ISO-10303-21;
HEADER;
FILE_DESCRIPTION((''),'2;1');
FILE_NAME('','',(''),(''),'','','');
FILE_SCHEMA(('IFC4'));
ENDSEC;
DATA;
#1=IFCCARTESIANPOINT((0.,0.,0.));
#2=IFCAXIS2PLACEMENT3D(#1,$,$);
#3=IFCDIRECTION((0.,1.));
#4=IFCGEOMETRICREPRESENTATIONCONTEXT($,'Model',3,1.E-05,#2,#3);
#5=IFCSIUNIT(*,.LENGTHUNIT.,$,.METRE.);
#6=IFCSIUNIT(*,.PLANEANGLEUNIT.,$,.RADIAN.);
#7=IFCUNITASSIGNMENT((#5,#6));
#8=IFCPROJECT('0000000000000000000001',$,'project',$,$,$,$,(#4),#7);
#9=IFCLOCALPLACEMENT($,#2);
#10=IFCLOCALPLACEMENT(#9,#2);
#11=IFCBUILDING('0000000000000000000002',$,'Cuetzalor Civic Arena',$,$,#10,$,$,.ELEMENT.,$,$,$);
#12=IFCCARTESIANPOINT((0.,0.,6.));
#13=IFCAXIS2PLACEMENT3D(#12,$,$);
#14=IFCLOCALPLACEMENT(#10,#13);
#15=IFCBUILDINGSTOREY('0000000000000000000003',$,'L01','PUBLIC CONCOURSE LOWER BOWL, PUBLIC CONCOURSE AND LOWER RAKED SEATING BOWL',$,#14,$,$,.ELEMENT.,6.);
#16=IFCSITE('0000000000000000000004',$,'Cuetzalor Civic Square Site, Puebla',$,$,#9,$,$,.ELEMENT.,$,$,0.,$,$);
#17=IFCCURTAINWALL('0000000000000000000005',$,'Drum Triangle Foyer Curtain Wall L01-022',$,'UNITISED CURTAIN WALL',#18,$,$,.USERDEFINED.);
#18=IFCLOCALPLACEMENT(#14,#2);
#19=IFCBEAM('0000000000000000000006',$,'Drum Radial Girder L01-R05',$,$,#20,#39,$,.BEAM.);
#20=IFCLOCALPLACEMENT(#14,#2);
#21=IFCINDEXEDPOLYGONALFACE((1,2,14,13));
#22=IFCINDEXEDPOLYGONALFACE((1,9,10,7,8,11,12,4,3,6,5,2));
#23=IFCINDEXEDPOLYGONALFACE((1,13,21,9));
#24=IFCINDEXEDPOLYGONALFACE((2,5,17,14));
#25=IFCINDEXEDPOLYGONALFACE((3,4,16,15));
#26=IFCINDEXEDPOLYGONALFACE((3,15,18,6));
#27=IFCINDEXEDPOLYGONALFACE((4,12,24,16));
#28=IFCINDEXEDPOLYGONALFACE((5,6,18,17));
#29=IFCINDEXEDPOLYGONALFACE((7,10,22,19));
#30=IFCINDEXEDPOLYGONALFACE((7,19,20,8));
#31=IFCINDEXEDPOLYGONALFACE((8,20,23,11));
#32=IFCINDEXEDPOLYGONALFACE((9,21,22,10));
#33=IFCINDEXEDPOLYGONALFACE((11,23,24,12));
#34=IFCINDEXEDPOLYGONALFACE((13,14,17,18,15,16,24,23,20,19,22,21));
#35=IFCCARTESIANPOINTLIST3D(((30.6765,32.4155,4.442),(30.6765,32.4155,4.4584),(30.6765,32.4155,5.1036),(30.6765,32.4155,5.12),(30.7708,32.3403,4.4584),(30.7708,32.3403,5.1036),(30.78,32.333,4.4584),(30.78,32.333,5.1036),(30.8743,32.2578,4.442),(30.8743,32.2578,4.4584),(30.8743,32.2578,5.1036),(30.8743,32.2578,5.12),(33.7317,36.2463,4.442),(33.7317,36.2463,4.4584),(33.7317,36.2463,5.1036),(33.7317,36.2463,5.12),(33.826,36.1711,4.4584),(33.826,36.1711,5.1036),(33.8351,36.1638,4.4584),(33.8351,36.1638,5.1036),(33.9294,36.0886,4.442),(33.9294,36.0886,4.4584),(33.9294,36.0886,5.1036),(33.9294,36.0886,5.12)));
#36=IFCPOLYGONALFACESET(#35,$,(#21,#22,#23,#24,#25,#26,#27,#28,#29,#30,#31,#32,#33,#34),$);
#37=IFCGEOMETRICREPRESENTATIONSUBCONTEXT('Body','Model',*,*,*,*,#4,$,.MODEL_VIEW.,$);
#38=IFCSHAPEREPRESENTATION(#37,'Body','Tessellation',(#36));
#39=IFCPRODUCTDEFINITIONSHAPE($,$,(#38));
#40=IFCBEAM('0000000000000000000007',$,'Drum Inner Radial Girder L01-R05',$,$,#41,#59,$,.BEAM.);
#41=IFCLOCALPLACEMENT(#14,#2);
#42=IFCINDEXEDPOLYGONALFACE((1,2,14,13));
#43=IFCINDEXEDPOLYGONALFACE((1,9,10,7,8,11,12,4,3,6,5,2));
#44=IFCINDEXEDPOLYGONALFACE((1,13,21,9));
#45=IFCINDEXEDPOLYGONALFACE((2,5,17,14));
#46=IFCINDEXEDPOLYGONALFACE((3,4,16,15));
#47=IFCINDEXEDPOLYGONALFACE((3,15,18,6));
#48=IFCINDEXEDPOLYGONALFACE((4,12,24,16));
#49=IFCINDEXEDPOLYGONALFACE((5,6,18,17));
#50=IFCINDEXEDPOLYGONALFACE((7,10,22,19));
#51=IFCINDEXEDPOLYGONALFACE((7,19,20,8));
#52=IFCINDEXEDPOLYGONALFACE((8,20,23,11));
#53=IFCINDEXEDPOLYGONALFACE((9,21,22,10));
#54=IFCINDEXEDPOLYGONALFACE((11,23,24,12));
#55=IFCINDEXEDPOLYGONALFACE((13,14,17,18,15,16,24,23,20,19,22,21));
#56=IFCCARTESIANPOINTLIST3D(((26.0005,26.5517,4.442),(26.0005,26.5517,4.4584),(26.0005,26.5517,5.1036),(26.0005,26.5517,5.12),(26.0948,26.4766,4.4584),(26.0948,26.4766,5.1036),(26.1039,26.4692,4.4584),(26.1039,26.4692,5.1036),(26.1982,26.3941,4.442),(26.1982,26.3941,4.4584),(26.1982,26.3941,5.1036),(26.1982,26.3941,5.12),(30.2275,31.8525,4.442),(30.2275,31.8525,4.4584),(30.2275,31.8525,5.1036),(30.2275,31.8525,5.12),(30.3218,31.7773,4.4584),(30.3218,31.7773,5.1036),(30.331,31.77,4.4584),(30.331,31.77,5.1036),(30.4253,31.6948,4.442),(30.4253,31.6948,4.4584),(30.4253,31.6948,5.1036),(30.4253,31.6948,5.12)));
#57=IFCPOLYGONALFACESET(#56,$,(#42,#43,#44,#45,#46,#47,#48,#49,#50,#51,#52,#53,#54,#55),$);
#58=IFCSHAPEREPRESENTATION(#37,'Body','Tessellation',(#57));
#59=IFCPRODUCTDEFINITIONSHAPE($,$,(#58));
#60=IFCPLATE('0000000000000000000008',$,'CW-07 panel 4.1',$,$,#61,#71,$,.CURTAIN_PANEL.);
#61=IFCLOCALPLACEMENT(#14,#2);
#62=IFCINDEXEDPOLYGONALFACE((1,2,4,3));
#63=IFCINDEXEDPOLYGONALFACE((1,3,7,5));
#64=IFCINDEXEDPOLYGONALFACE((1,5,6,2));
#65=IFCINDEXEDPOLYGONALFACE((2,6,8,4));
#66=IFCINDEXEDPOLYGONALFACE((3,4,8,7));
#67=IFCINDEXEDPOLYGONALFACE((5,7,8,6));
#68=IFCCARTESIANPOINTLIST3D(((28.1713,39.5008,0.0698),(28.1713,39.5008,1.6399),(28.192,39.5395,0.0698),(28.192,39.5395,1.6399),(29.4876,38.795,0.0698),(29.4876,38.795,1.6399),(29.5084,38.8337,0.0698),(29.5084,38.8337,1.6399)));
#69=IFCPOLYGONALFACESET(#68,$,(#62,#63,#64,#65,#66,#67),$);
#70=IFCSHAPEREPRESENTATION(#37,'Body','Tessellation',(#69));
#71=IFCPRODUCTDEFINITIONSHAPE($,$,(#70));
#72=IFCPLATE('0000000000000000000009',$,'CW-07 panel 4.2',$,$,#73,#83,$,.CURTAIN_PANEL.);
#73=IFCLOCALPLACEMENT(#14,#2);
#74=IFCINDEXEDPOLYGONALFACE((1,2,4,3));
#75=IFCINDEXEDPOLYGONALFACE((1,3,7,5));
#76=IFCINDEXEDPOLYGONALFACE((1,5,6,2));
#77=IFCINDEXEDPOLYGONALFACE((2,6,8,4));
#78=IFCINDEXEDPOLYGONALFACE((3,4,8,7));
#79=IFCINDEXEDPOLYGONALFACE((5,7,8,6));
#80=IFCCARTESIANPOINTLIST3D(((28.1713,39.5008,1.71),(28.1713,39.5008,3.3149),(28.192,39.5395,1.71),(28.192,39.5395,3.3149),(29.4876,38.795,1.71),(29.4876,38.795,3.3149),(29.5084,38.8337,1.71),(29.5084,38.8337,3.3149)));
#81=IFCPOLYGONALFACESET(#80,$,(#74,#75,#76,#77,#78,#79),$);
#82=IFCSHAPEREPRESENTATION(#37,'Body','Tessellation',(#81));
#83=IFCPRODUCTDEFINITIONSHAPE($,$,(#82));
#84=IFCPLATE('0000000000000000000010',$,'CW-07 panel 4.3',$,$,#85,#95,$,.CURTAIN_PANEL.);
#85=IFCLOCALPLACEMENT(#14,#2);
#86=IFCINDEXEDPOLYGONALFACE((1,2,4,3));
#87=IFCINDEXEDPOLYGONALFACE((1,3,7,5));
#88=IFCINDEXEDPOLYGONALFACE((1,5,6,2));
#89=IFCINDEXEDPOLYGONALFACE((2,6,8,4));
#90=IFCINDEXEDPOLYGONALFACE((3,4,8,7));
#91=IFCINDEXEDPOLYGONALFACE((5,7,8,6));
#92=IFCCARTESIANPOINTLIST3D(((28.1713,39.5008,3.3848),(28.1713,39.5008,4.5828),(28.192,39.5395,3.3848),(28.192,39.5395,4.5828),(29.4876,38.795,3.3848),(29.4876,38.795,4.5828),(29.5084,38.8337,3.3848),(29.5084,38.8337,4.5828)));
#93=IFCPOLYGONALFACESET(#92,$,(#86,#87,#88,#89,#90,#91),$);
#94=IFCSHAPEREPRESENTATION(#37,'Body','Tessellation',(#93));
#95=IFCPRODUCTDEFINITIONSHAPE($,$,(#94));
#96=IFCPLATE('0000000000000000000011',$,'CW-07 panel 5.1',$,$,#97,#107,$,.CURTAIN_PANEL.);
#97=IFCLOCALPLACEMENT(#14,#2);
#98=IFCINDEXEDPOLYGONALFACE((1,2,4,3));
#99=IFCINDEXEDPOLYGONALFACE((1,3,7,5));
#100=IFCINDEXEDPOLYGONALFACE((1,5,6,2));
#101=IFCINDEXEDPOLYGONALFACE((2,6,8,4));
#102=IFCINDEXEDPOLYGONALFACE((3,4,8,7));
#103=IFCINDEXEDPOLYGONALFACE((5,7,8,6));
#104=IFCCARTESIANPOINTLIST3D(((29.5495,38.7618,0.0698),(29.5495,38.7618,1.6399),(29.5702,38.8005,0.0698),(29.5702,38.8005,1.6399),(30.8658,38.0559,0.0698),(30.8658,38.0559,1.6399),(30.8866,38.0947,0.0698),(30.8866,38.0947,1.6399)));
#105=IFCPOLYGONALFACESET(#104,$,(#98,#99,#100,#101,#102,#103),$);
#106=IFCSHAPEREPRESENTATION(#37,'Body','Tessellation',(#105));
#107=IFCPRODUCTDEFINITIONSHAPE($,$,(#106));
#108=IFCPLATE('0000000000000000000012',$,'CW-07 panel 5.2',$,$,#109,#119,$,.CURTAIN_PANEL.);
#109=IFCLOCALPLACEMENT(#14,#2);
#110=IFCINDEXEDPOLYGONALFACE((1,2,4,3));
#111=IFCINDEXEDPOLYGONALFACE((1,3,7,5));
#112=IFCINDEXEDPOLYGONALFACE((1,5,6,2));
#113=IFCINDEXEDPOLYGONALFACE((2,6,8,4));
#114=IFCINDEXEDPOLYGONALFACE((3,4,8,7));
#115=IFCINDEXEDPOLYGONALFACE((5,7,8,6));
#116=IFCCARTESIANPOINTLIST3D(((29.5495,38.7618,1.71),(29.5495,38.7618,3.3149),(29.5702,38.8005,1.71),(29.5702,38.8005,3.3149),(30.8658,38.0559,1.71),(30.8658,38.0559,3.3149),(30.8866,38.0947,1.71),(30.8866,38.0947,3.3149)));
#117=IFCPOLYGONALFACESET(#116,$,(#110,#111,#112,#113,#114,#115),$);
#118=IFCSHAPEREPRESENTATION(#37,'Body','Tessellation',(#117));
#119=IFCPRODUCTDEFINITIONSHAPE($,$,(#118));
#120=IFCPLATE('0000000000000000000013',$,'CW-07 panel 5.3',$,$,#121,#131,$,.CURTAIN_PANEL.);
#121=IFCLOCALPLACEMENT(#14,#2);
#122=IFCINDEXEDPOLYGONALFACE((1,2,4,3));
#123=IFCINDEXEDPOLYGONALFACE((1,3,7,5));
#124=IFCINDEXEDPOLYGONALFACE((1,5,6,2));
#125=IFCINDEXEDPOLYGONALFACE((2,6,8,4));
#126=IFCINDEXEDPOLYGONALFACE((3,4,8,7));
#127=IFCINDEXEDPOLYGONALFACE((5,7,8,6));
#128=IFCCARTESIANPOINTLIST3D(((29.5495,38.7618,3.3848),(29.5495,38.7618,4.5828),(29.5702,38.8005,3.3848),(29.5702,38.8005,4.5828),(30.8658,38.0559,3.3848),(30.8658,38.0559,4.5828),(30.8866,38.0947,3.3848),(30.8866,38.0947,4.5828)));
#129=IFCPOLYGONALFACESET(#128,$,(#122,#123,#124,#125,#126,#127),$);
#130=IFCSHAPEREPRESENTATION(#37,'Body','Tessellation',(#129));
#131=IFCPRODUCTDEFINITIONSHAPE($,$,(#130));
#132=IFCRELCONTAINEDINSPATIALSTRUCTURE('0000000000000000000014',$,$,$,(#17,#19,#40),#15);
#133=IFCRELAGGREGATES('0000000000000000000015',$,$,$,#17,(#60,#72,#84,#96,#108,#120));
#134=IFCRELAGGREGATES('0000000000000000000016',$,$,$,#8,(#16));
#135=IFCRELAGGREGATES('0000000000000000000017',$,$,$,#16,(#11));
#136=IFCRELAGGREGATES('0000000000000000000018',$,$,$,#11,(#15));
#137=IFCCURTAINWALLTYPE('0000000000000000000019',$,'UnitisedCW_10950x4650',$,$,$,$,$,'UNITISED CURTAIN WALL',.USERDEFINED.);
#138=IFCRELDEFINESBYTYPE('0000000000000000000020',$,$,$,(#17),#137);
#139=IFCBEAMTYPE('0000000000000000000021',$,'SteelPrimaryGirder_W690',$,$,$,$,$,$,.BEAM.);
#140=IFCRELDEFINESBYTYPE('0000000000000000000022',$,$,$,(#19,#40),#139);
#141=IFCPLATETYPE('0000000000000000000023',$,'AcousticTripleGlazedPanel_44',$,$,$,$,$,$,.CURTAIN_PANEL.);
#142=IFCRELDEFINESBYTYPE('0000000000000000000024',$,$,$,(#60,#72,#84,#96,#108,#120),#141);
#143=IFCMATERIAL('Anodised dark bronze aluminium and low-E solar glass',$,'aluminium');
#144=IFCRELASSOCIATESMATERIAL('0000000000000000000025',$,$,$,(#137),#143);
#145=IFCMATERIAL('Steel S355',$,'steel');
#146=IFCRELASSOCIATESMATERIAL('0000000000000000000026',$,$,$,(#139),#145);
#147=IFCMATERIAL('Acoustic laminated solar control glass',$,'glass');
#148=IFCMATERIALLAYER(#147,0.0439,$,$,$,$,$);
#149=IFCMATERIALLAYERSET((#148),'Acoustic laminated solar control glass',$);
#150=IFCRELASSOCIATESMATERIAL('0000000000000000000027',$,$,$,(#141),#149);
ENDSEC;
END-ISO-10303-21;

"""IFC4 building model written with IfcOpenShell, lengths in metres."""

from ifc_helpers import new_model, si_unit, direction, frame, origin, origin_2d, place, context, subcontext, project, spatial, rectangle, i_section, extrude, material, layer, layer_set, material_profile, profile_set, type_object, element, aggregate, save


model = new_model("IFC4")

# Units and contexts
model_context = context("Model", 3, precision=1e-05, world=origin(), true_north=direction((0.0, 1.0)))
body_context = subcontext(model_context, "Body", "Model", "MODEL_VIEW")
ifc_project = project(units=[si_unit("LENGTHUNIT", "METRE"), si_unit("PLANEANGLEUNIT", "RADIAN")], contexts=[model_context])

# Site, building, storey
site_placement = place(None, origin())
site = spatial("IfcSite", under=ifc_project, at=site_placement, Name="Cuetzalor Civic Square Site, Puebla", CompositionType="ELEMENT", RefElevation=0.0)
building_placement = place(site_placement, origin())
building = spatial("IfcBuilding", under=site, at=building_placement, Name="Cuetzalor Civic Arena", CompositionType="ELEMENT")
storey_placement = place(building_placement, frame((0.0, 0.0, 6.0)))
storey = spatial("IfcBuildingStorey", under=building, at=storey_placement, Name="L01", Description="PUBLIC CONCOURSE LOWER BOWL, PUBLIC CONCOURSE AND LOWER RAKED SEATING BOWL", CompositionType="ELEMENT", Elevation=6.0)

# Curtain wall
ifc_material_1 = material(Name="Anodised dark bronze aluminium and low-E solar glass", Category="aluminium")
curtain_wall_type = type_object("IfcCurtainWallType", Name="UnitisedCW_10950x4650", ElementType="UNITISED CURTAIN WALL", PredefinedType="USERDEFINED", material=ifc_material_1)
curtain_wall_placement = place(storey_placement, origin())
curtain_wall = element("IfcCurtainWall", 1, at=curtain_wall_placement, inside=storey, type_object=curtain_wall_type, Name="Drum Triangle Foyer Curtain Wall L01-022", ObjectType="UNITISED CURTAIN WALL", PredefinedType="USERDEFINED")

# Beams
ifc_material_2 = material(Name="Steel S355", Category="steel")
ifc_material_profile_1 = material_profile(ifc_material_2, i_section(OverallWidth=0.2529, OverallDepth=0.678, WebThickness=0.0117, FlangeThickness=0.0164, at=origin_2d()), Name="W690x125")
ifc_profile_set_1 = profile_set([ifc_material_profile_1], Name="Steel S355")
beam_type_1 = type_object("IfcBeamType", Name="SteelPrimaryGirder_W690", PredefinedType="BEAM", material=ifc_profile_set_1)
beam_1_placement = place(storey_placement, frame((30.7754, 32.3367, 4.781), z_axis=(0.623516, 0.781811, 0.0), x_axis=(-0.781811, 0.623516, 0.0)))
element("IfcBeam", 2, at=beam_1_placement, inside=storey, type_object=beam_type_1, Name="Drum Radial Girder L01-R05", PredefinedType="BEAM", context=body_context, shape_type="SweptSolid", body=[
    extrude(i_section(OverallWidth=0.2529, OverallDepth=0.678, WebThickness=0.0117, FlangeThickness=0.0164, at=origin_2d()), origin(), (0.0, 0.0, 1.0), 4.8999),
])
beam_2_placement = place(storey_placement, frame((26.0994, 26.4729, 4.781), z_axis=(0.623473, 0.781845, 0.0), x_axis=(-0.781845, 0.623473, 0.0)))
element("IfcBeam", 3, at=beam_2_placement, inside=storey, type_object=beam_type_1, Name="Drum Inner Radial Girder L01-R05", PredefinedType="BEAM", context=body_context, shape_type="SweptSolid", body=[
    extrude(i_section(OverallWidth=0.2529, OverallDepth=0.678, WebThickness=0.0117, FlangeThickness=0.0164, at=origin_2d()), origin(), (0.0, 0.0, 1.0), 6.7798),
])

# Plates
ifc_material_3 = material(Name="Acoustic laminated solar control glass", Category="glass")
ifc_layer = layer(ifc_material_3, 0.0439)
ifc_layer_set = layer_set([ifc_layer], Name="Acoustic laminated solar control glass")
plate_type = type_object("IfcPlateType", Name="AcousticTripleGlazedPanel_44", PredefinedType="CURTAIN_PANEL", material=ifc_layer_set)
plate_1_placement = place(storey_placement, frame((28.8398, 39.1672, 0.0698), z_axis=(0.0, 0.0, 1.0), x_axis=(0.881306, -0.472545, 0.0)))
plate_1 = element("IfcPlate", 4, at=plate_1_placement, type_object=plate_type, Name="CW-07 panel 4.1", PredefinedType="CURTAIN_PANEL", context=body_context, shape_type="SweptSolid", body=[
    extrude(rectangle(XDim=1.4937, YDim=0.0439, at=origin_2d()), origin(), (0.0, 0.0, 1.0), 1.5701),
])
plate_2_placement = place(storey_placement, frame((28.8398, 39.1672, 1.71), z_axis=(0.0, 0.0, 1.0), x_axis=(0.881306, -0.472545, 0.0)))
plate_2 = element("IfcPlate", 5, at=plate_2_placement, type_object=plate_type, Name="CW-07 panel 4.2", PredefinedType="CURTAIN_PANEL", context=body_context, shape_type="SweptSolid", body=[
    extrude(rectangle(XDim=1.4937, YDim=0.0439, at=origin_2d()), origin(), (0.0, 0.0, 1.0), 1.605),
])
plate_3_placement = place(storey_placement, frame((28.8398, 39.1672, 3.3848), z_axis=(0.0, 0.0, 1.0), x_axis=(0.881306, -0.472545, 0.0)))
plate_3 = element("IfcPlate", 6, at=plate_3_placement, type_object=plate_type, Name="CW-07 panel 4.3", PredefinedType="CURTAIN_PANEL", context=body_context, shape_type="SweptSolid", body=[
    extrude(rectangle(XDim=1.4937, YDim=0.0439, at=origin_2d()), origin(), (0.0, 0.0, 1.0), 1.198),
])
plate_4_placement = place(storey_placement, frame((30.218, 38.4282, 0.0698), z_axis=(0.0, 0.0, 1.0), x_axis=(0.881306, -0.472545, 0.0)))
plate_4 = element("IfcPlate", 7, at=plate_4_placement, type_object=plate_type, Name="CW-07 panel 5.1", PredefinedType="CURTAIN_PANEL", context=body_context, shape_type="SweptSolid", body=[
    extrude(rectangle(XDim=1.4937, YDim=0.0439, at=origin_2d()), origin(), (0.0, 0.0, 1.0), 1.5701),
])
plate_5_placement = place(storey_placement, frame((30.218, 38.4282, 1.71), z_axis=(0.0, 0.0, 1.0), x_axis=(0.881306, -0.472545, 0.0)))
plate_5 = element("IfcPlate", 8, at=plate_5_placement, type_object=plate_type, Name="CW-07 panel 5.2", PredefinedType="CURTAIN_PANEL", context=body_context, shape_type="SweptSolid", body=[
    extrude(rectangle(XDim=1.4937, YDim=0.0439, at=origin_2d()), origin(), (0.0, 0.0, 1.0), 1.605),
])
plate_6_placement = place(storey_placement, frame((30.218, 38.4282, 3.3848), z_axis=(0.0, 0.0, 1.0), x_axis=(0.881306, -0.472545, 0.0)))
plate_6 = element("IfcPlate", 9, at=plate_6_placement, type_object=plate_type, Name="CW-07 panel 5.3", PredefinedType="CURTAIN_PANEL", context=body_context, shape_type="SweptSolid", body=[
    extrude(rectangle(XDim=1.4937, YDim=0.0439, at=origin_2d()), origin(), (0.0, 0.0, 1.0), 1.198),
])
aggregate(curtain_wall, [plate_1, plate_2, plate_3, plate_4, plate_5, plate_6])

save(model, "model.ifc")
